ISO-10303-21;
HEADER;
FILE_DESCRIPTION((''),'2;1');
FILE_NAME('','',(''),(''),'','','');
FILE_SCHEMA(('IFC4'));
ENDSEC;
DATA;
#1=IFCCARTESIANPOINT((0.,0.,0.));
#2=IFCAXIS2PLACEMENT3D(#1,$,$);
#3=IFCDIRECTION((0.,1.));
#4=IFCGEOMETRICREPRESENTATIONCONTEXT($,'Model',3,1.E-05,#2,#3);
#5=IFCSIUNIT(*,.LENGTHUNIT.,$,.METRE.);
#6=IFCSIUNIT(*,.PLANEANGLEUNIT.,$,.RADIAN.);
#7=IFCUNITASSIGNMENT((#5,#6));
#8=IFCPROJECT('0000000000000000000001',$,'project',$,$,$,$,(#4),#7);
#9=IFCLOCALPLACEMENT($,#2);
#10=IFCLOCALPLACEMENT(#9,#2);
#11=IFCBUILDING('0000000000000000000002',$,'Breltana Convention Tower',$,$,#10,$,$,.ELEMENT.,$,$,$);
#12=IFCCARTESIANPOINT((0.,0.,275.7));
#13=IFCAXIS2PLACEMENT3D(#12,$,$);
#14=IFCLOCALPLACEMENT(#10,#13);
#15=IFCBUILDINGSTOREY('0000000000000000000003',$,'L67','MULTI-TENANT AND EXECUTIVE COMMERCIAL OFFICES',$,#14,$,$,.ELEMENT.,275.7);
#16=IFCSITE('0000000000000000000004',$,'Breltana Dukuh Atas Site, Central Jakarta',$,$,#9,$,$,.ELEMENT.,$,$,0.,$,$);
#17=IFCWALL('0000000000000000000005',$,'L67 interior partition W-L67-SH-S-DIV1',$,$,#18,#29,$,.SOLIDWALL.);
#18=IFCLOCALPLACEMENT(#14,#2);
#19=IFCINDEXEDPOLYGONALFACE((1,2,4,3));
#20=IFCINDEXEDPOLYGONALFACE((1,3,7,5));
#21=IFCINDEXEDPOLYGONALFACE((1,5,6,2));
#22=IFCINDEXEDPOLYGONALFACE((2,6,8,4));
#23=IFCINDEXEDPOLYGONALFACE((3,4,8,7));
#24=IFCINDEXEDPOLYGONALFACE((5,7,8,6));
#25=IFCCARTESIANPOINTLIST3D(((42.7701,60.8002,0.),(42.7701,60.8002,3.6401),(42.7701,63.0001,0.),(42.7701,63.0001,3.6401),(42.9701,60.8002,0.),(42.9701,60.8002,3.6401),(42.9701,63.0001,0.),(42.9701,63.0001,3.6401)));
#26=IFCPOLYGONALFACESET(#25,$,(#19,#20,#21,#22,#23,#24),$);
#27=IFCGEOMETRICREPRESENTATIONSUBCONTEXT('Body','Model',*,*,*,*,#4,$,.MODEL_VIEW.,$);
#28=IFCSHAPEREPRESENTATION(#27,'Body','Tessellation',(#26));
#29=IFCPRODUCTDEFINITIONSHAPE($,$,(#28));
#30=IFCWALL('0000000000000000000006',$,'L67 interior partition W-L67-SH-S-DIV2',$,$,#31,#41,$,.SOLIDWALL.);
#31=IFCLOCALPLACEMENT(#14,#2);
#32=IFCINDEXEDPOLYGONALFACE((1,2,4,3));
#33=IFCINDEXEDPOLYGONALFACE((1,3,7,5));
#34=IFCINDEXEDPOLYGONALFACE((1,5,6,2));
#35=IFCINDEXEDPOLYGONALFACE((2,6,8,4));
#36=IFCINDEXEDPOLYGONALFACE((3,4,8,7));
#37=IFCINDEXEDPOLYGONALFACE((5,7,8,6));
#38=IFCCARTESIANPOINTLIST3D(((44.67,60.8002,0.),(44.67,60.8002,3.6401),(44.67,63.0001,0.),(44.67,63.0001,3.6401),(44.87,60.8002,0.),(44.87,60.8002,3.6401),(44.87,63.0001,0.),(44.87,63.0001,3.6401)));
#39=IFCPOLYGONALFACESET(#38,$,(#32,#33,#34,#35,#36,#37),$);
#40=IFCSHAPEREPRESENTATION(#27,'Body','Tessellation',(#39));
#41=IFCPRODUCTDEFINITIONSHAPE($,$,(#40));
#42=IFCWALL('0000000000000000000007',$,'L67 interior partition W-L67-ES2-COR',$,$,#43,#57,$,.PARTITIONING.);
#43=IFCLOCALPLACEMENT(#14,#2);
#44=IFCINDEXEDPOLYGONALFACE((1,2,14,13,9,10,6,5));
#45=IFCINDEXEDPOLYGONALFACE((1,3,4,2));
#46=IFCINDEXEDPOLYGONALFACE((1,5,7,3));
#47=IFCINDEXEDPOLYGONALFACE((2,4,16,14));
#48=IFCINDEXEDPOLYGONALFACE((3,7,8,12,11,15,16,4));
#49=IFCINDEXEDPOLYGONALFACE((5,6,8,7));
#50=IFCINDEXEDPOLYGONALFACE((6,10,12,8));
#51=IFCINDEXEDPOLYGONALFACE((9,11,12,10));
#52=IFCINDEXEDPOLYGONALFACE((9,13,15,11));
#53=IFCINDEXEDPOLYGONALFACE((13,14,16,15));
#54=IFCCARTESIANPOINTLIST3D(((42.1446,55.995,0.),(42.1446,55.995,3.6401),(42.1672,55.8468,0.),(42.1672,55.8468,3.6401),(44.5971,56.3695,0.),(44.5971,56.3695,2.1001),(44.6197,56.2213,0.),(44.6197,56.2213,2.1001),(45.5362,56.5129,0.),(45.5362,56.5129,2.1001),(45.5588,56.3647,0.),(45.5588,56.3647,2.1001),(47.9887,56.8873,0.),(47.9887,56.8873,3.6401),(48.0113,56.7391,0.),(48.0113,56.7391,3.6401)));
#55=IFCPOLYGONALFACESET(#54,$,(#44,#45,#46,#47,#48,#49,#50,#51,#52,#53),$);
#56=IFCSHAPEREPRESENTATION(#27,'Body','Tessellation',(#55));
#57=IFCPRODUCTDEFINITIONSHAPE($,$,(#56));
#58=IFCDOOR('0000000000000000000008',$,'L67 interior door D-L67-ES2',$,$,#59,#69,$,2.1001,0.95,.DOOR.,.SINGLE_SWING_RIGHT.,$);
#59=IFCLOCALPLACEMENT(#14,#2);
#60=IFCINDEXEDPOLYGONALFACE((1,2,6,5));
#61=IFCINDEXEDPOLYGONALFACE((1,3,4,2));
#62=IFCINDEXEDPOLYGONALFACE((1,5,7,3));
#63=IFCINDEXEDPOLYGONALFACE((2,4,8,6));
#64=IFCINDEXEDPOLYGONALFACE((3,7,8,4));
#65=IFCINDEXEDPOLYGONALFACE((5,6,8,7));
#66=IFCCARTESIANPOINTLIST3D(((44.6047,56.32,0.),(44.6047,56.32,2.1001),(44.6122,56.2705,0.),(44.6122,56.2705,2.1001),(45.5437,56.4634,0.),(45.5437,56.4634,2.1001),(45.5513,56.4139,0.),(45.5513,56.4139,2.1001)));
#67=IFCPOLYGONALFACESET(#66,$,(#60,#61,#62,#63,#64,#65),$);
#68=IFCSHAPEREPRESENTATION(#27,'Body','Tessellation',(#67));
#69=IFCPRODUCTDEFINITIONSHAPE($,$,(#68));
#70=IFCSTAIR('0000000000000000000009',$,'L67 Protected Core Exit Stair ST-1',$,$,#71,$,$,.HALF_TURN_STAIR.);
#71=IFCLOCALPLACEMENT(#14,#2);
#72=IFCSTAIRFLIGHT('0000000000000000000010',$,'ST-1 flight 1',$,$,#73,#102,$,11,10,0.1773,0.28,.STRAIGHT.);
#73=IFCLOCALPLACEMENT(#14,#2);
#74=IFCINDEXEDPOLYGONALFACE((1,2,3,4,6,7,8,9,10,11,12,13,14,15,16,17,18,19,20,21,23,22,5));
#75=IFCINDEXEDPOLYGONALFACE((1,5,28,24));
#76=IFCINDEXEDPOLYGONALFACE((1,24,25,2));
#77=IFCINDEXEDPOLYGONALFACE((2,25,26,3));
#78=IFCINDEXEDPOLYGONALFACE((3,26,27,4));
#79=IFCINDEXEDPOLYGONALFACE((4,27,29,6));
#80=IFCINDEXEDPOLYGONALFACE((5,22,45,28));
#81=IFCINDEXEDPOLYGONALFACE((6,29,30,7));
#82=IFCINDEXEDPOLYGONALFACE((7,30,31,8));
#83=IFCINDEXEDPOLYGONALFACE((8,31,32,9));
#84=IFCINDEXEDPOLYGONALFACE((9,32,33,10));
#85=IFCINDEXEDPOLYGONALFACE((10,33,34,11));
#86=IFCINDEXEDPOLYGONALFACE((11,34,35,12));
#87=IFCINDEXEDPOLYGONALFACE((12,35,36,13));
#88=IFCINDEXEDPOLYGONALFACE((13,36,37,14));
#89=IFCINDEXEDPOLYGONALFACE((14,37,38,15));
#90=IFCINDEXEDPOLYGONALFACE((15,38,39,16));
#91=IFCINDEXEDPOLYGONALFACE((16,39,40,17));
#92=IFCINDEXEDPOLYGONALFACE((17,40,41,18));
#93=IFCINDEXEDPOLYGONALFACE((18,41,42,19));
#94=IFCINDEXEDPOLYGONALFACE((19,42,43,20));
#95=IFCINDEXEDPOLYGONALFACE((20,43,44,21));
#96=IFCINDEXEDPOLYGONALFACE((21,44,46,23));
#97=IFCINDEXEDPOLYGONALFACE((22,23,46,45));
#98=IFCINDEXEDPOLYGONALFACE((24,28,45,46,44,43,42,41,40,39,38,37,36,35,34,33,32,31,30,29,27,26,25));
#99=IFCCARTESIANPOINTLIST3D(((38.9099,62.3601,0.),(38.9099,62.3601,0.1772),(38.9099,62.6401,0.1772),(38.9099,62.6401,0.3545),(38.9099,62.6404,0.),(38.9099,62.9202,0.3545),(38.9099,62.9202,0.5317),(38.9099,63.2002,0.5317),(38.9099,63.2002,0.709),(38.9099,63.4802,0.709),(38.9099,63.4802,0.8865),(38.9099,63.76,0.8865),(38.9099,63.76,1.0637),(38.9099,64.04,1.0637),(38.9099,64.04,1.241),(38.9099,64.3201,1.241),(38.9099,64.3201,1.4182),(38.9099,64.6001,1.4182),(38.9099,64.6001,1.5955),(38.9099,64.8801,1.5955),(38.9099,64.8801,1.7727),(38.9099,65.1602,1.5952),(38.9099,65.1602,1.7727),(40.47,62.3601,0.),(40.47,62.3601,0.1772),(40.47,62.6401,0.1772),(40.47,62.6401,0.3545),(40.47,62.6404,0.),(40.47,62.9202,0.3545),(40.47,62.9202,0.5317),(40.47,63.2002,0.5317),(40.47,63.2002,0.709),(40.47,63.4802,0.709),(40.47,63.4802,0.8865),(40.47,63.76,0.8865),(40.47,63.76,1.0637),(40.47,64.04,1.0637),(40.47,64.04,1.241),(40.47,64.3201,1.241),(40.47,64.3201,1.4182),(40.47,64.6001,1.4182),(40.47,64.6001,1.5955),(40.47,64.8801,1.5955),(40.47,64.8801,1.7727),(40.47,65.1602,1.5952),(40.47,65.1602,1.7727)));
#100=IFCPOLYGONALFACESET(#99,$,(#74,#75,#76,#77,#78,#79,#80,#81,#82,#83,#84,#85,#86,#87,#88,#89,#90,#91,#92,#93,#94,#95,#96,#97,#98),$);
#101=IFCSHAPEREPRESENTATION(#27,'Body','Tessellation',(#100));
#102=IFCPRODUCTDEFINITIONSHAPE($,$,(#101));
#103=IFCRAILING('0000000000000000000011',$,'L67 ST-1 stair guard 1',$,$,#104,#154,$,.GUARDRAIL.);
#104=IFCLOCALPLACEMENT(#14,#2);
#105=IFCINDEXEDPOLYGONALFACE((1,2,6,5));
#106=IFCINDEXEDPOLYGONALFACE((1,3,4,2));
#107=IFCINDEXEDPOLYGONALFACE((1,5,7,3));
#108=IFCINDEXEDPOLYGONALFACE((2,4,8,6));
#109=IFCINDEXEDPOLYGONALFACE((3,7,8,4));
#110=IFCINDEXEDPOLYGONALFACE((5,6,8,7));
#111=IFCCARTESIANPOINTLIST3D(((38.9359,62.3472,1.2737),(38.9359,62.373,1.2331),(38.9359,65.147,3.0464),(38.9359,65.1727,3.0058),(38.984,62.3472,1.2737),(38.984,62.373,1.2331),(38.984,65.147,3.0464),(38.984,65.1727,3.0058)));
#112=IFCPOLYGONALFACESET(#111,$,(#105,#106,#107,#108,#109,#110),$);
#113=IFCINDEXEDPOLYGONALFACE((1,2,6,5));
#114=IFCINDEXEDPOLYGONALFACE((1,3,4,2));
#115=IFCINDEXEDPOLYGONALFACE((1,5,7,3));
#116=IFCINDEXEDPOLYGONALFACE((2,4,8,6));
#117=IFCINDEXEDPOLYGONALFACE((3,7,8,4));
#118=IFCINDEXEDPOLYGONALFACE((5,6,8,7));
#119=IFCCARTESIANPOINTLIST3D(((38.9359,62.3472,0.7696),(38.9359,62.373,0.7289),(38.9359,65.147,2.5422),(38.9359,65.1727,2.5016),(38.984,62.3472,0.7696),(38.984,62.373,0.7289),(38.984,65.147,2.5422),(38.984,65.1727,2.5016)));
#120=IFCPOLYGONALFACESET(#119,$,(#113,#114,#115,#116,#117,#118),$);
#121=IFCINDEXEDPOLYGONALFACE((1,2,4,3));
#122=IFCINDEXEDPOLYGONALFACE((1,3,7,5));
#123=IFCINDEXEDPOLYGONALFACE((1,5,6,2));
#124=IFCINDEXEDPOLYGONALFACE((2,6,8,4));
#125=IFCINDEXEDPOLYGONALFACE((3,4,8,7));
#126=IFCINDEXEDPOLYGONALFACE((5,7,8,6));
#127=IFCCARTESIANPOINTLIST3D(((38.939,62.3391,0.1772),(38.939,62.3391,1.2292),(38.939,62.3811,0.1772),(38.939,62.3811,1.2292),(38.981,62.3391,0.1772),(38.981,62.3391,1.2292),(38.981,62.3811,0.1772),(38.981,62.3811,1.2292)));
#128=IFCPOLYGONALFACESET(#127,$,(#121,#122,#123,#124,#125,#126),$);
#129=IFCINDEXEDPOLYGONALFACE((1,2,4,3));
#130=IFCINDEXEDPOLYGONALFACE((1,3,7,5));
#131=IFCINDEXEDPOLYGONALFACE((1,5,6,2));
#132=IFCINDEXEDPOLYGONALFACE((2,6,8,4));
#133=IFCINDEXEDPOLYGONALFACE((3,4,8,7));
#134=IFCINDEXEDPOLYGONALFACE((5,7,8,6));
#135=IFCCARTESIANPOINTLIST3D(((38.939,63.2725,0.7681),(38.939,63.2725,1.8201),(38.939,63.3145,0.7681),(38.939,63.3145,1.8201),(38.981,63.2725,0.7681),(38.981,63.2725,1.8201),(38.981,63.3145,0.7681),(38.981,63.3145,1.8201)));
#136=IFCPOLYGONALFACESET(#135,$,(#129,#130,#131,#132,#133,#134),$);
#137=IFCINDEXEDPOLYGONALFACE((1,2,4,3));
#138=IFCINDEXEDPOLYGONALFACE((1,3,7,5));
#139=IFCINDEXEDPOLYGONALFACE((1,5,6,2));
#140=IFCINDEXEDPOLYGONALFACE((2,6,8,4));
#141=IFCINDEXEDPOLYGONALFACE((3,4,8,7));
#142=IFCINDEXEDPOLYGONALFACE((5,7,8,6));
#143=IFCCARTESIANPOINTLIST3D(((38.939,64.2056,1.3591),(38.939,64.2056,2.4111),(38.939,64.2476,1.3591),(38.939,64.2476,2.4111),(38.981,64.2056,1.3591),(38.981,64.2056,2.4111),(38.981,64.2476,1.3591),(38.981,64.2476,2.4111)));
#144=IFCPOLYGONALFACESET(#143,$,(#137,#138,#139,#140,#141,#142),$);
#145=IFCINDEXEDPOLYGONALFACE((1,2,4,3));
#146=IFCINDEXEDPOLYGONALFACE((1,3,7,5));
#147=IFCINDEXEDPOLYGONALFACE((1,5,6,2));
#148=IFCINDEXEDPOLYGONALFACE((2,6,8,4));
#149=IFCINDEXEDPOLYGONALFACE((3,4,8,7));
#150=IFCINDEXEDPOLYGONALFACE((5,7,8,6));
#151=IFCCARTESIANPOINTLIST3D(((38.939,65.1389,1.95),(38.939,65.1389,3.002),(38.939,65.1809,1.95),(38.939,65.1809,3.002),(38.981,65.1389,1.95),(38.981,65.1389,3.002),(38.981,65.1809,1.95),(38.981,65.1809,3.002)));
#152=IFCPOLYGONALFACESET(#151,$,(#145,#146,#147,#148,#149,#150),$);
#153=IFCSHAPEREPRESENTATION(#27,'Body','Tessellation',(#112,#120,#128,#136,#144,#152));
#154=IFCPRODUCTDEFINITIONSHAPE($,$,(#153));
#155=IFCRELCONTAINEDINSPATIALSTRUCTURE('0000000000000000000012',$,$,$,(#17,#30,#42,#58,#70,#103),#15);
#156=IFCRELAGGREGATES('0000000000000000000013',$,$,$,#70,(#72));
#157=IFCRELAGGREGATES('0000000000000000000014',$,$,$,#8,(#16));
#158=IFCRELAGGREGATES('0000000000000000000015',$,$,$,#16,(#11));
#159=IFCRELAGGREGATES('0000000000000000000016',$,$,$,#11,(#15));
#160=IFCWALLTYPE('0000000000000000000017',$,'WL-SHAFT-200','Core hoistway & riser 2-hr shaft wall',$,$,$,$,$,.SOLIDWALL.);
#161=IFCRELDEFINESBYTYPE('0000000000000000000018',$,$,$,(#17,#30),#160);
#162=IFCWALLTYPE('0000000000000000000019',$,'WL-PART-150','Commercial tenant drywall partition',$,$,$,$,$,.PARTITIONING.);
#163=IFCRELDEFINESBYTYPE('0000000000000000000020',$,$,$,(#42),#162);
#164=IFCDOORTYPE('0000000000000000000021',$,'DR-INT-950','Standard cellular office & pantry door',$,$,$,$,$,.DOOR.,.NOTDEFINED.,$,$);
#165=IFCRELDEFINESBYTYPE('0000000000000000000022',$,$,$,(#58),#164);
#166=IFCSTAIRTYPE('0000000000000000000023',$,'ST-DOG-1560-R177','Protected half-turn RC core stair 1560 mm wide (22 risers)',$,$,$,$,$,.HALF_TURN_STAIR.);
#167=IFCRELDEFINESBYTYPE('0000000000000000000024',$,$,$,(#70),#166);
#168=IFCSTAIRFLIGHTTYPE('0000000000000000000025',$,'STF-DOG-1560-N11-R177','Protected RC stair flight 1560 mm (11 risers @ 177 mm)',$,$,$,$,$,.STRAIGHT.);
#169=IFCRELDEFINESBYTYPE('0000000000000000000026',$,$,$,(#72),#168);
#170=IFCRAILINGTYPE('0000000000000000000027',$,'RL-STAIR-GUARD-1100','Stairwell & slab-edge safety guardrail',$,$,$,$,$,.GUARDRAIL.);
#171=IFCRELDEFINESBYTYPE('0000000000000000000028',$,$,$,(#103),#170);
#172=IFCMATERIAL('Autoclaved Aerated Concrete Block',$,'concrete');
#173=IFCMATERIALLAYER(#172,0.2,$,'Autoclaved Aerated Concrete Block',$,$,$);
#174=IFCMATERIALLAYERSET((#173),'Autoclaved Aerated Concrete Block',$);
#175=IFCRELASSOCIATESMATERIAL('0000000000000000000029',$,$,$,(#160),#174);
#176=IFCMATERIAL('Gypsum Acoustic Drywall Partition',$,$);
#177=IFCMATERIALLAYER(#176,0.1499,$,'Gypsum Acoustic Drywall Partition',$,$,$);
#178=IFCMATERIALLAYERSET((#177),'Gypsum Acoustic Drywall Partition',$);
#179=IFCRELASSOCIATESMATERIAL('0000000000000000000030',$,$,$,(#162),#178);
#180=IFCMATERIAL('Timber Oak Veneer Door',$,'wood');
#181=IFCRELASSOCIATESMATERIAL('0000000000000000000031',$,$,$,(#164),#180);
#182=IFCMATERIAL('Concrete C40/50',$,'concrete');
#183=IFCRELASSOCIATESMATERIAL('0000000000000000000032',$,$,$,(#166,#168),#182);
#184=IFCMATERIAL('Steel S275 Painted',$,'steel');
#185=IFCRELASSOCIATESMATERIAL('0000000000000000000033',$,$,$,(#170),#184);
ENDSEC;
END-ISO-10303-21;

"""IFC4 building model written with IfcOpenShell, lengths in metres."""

from ifc_helpers import new_model, si_unit, direction, frame, frame_2d, origin, origin_2d, place, context, subcontext, project, spatial, polyline, rectangle, outline, extrude, source, transform, mapped, material, layer, layer_set, type_object, type_shapes, element, fill, aggregate, save


model = new_model("IFC4")

# Units and contexts
model_context = context("Model", 3, precision=1e-05, world=origin(), true_north=direction((0.0, 1.0)))
body_context = subcontext(model_context, "Body", "Model", "MODEL_VIEW")
ifc_project = project(units=[si_unit("LENGTHUNIT", "METRE"), si_unit("PLANEANGLEUNIT", "RADIAN")], contexts=[model_context])

# Site, building, storey
site_placement = place(None, origin())
site = spatial("IfcSite", under=ifc_project, at=site_placement, Name="Breltana Dukuh Atas Site, Central Jakarta", CompositionType="ELEMENT", RefElevation=0.0)
building_placement = place(site_placement, origin())
building = spatial("IfcBuilding", under=site, at=building_placement, Name="Breltana Convention Tower", CompositionType="ELEMENT")
storey_placement = place(building_placement, frame((0.0, 0.0, 275.7)))
storey = spatial("IfcBuildingStorey", under=building, at=storey_placement, Name="L67", Description="MULTI-TENANT AND EXECUTIVE COMMERCIAL OFFICES", CompositionType="ELEMENT", Elevation=275.7)

# Walls
ifc_material_1 = material(Name="Autoclaved Aerated Concrete Block", Category="concrete")
ifc_layer_1 = layer(ifc_material_1, 0.2, Name="Autoclaved Aerated Concrete Block")
ifc_layer_set_1 = layer_set([ifc_layer_1], Name="Autoclaved Aerated Concrete Block")
wall_type_1 = type_object("IfcWallType", Name="WL-SHAFT-200", Description="Core hoistway & riser 2-hr shaft wall", PredefinedType="SOLIDWALL", material=ifc_layer_set_1)
shared_shape_1 = source(origin(), body_context, "Body", "SweptSolid", [
    extrude(rectangle(XDim=2.2, YDim=0.2, at=frame_2d((1.1001, 0.0))), origin(), (0.0, 0.0, 1.0), 3.6401),
])
for number, where, z_axis, x_axis, name in (
    (1, (42.8701, 60.8, 0.0), (0.0, 0.0, 1.0), (0.0, 1.0, 0.0), "L67 interior partition W-L67-SH-S-DIV1"),
    (2, (44.77, 60.8, 0.0), (0.0, 0.0, 1.0), (0.0, 1.0, 0.0), "L67 interior partition W-L67-SH-S-DIV2"),
):
    element("IfcWall", number, at=place(storey_placement, frame(where, z_axis=z_axis, x_axis=x_axis)), inside=storey, type_object=wall_type_1, Name=name, PredefinedType="SOLIDWALL", context=body_context, shape_type="MappedRepresentation", body=[
        mapped(shared_shape_1, transform((0.0, 0.0, 0.0), scale=1.0)),
    ])

# Wall, opening, door
ifc_material_2 = material(Name="Gypsum Acoustic Drywall Partition")
ifc_layer_2 = layer(ifc_material_2, 0.1499, Name="Gypsum Acoustic Drywall Partition")
ifc_layer_set_2 = layer_set([ifc_layer_2], Name="Gypsum Acoustic Drywall Partition")
wall_type_2 = type_object("IfcWallType", Name="WL-PART-150", Description="Commercial tenant drywall partition", PredefinedType="PARTITIONING", material=ifc_layer_set_2)
shared_shape_2 = source(origin(), body_context, "Body", "SweptSolid", [
    extrude(rectangle(XDim=5.9119, YDim=0.1499, at=frame_2d((2.9561, 0.0))), origin(), (0.0, 0.0, 1.0), 3.6401),
])
wall_1_placement = place(storey_placement, frame((42.1558, 55.9209, 0.0), z_axis=(0.0, 0.0, 1.0), x_axis=(0.988543, 0.150937, 0.0)))
wall_1 = element("IfcWall", 3, at=wall_1_placement, inside=storey, type_object=wall_type_2, Name="L67 interior partition W-L67-ES2-COR", PredefinedType="PARTITIONING", context=body_context, shape_type="MappedRepresentation", body=[
    mapped(shared_shape_2, transform((0.0, 0.0, 0.0), scale=1.0)),
])
opening_placement = place(wall_1_placement, frame((2.481, 0.0, 0.0)))
opening = element("IfcOpeningElement", 4, at=opening_placement, cuts=wall_1, PredefinedType="OPENING", context=body_context, shape_type="SweptSolid", body=[
    extrude(rectangle(XDim=0.95, YDim=2.1001, at=frame_2d((0.4751, 1.05))), frame((0.0, 0.085, 0.0), z_axis=(0.0, -1.0, 0.0), x_axis=(1.0, 0.0, 0.0)), (0.0, 0.0, 1.0), 0.1699),
])
ifc_material_3 = material(Name="Timber Oak Veneer Door", Category="wood")
door_type = type_object("IfcDoorType", Name="DR-INT-950", Description="Standard cellular office & pantry door", OperationType="NOTDEFINED", PredefinedType="DOOR", material=ifc_material_3)
shared_shape_3 = source(origin(), body_context, "Body", "SweptSolid", [
    extrude(rectangle(XDim=0.95, YDim=2.1001, at=frame_2d((0.4751, 1.05))), frame((0.0, 0.0249, 0.0), z_axis=(0.0, -1.0, 0.0), x_axis=(1.0, 0.0, 0.0)), (0.0, 0.0, 1.0), 0.05),
])
type_shapes(door_type, [shared_shape_3])
door_placement = place(opening_placement, origin())
door = element("IfcDoor", 5, at=door_placement, inside=storey, type_object=door_type, Name="L67 interior door D-L67-ES2", OperationType="SINGLE_SWING_RIGHT", OverallHeight=2.1001, OverallWidth=0.95, PredefinedType="DOOR", context=body_context, shape_type="MappedRepresentation", body=[
    mapped(shared_shape_3, transform((0.0, 0.0, 0.0), scale=1.0)),
])
fill(opening, door)

# Stair, stair flight
ifc_material_4 = material(Name="Concrete C40/50", Category="concrete")
stair_type = type_object("IfcStairType", Name="ST-DOG-1560-R177", Description="Protected half-turn RC core stair 1560 mm wide (22 risers)", PredefinedType="HALF_TURN_STAIR", material=ifc_material_4)
stair_placement = place(storey_placement, origin())
stair = element("IfcStair", 6, at=stair_placement, inside=storey, type_object=stair_type, Name="L67 Protected Core Exit Stair ST-1", PredefinedType="HALF_TURN_STAIR")
stair_flight_type = type_object("IfcStairFlightType", Name="STF-DOG-1560-N11-R177", Description="Protected RC stair flight 1560 mm (11 risers @ 177 mm)", PredefinedType="STRAIGHT", material=ifc_material_4)
stair_flight_placement = place(storey_placement, frame((39.6899, 62.3601, 0.0), z_axis=(0.0, 0.0, 1.0), x_axis=(0.0, 1.0, 0.0)))
stair_flight = element("IfcStairFlight", 7, at=stair_flight_placement, type_object=stair_flight_type, Name="ST-1 flight 1", NumberOfRisers=11, NumberOfTreads=10, PredefinedType="STRAIGHT", RiserHeight=0.1773, TreadLength=0.28, context=body_context, shape_type="SweptSolid", body=[
    extrude(outline(polyline([(0.0, 0.0), (0.0, 0.1772), (0.28, 0.1772), (0.28, 0.3545), (0.5601, 0.3545), (0.5601, 0.5317), (0.8401, 0.5317), (0.8401, 0.709), (1.1201, 0.709), (1.1201, 0.8865), (1.3999, 0.8865), (1.3999, 1.0637), (1.6799, 1.0637), (1.6799, 1.241), (1.96, 1.241), (1.96, 1.4182), (2.24, 1.4182), (2.24, 1.5955), (2.52, 1.5955), (2.52, 1.7727), (2.8, 1.7727), (2.8, 1.95), (2.8, 1.5952), (0.2803, 0.0), (0.0, 0.0)])), frame((0.0, 0.78, 0.0), z_axis=(0.0, -1.0, 0.0), x_axis=(1.0, 0.0, 0.0)), (0.0, 0.0, 1.0), 1.5601),
])
aggregate(stair, [stair_flight])

# Railing
ifc_material_5 = material(Name="Steel S275 Painted", Category="steel")
railing_type = type_object("IfcRailingType", Name="RL-STAIR-GUARD-1100", Description="Stairwell & slab-edge safety guardrail", PredefinedType="GUARDRAIL", material=ifc_material_5)
railing_placement = place(storey_placement, frame((38.96, 62.3601, 0.1772)))
element("IfcRailing", 8, at=railing_placement, inside=storey, type_object=railing_type, Name="L67 ST-1 stair guard 1", PredefinedType="GUARDRAIL", context=body_context, shape_type="SweptSolid", body=[
    extrude(rectangle(XDim=0.0481, YDim=0.0481, at=origin_2d()), frame((0.0, 0.0, 1.0762), z_axis=(0.0, 0.844888, 0.534943), x_axis=(-1.0, 0.0, 0.0)), (0.0, 0.0, 1.0), 3.3137),
    extrude(rectangle(XDim=0.0481, YDim=0.0481, at=origin_2d()), frame((0.0, 0.0, 0.572), z_axis=(0.0, 0.844888, 0.534943), x_axis=(-1.0, 0.0, 0.0)), (0.0, 0.0, 1.0), 3.3137),
    extrude(rectangle(XDim=0.042, YDim=0.042, at=origin_2d()), origin(), (0.0, 0.0, 1.0), 1.052),
    extrude(rectangle(XDim=0.042, YDim=0.042, at=origin_2d()), frame((0.0, 0.9333, 0.5908)), (0.0, 0.0, 1.0), 1.052),
    extrude(rectangle(XDim=0.042, YDim=0.042, at=origin_2d()), frame((0.0, 1.8665, 1.1819)), (0.0, 0.0, 1.0), 1.052),
    extrude(rectangle(XDim=0.042, YDim=0.042, at=origin_2d()), frame((0.0, 2.7998, 1.7727)), (0.0, 0.0, 1.0), 1.052),
])

save(model, "model.ifc")
